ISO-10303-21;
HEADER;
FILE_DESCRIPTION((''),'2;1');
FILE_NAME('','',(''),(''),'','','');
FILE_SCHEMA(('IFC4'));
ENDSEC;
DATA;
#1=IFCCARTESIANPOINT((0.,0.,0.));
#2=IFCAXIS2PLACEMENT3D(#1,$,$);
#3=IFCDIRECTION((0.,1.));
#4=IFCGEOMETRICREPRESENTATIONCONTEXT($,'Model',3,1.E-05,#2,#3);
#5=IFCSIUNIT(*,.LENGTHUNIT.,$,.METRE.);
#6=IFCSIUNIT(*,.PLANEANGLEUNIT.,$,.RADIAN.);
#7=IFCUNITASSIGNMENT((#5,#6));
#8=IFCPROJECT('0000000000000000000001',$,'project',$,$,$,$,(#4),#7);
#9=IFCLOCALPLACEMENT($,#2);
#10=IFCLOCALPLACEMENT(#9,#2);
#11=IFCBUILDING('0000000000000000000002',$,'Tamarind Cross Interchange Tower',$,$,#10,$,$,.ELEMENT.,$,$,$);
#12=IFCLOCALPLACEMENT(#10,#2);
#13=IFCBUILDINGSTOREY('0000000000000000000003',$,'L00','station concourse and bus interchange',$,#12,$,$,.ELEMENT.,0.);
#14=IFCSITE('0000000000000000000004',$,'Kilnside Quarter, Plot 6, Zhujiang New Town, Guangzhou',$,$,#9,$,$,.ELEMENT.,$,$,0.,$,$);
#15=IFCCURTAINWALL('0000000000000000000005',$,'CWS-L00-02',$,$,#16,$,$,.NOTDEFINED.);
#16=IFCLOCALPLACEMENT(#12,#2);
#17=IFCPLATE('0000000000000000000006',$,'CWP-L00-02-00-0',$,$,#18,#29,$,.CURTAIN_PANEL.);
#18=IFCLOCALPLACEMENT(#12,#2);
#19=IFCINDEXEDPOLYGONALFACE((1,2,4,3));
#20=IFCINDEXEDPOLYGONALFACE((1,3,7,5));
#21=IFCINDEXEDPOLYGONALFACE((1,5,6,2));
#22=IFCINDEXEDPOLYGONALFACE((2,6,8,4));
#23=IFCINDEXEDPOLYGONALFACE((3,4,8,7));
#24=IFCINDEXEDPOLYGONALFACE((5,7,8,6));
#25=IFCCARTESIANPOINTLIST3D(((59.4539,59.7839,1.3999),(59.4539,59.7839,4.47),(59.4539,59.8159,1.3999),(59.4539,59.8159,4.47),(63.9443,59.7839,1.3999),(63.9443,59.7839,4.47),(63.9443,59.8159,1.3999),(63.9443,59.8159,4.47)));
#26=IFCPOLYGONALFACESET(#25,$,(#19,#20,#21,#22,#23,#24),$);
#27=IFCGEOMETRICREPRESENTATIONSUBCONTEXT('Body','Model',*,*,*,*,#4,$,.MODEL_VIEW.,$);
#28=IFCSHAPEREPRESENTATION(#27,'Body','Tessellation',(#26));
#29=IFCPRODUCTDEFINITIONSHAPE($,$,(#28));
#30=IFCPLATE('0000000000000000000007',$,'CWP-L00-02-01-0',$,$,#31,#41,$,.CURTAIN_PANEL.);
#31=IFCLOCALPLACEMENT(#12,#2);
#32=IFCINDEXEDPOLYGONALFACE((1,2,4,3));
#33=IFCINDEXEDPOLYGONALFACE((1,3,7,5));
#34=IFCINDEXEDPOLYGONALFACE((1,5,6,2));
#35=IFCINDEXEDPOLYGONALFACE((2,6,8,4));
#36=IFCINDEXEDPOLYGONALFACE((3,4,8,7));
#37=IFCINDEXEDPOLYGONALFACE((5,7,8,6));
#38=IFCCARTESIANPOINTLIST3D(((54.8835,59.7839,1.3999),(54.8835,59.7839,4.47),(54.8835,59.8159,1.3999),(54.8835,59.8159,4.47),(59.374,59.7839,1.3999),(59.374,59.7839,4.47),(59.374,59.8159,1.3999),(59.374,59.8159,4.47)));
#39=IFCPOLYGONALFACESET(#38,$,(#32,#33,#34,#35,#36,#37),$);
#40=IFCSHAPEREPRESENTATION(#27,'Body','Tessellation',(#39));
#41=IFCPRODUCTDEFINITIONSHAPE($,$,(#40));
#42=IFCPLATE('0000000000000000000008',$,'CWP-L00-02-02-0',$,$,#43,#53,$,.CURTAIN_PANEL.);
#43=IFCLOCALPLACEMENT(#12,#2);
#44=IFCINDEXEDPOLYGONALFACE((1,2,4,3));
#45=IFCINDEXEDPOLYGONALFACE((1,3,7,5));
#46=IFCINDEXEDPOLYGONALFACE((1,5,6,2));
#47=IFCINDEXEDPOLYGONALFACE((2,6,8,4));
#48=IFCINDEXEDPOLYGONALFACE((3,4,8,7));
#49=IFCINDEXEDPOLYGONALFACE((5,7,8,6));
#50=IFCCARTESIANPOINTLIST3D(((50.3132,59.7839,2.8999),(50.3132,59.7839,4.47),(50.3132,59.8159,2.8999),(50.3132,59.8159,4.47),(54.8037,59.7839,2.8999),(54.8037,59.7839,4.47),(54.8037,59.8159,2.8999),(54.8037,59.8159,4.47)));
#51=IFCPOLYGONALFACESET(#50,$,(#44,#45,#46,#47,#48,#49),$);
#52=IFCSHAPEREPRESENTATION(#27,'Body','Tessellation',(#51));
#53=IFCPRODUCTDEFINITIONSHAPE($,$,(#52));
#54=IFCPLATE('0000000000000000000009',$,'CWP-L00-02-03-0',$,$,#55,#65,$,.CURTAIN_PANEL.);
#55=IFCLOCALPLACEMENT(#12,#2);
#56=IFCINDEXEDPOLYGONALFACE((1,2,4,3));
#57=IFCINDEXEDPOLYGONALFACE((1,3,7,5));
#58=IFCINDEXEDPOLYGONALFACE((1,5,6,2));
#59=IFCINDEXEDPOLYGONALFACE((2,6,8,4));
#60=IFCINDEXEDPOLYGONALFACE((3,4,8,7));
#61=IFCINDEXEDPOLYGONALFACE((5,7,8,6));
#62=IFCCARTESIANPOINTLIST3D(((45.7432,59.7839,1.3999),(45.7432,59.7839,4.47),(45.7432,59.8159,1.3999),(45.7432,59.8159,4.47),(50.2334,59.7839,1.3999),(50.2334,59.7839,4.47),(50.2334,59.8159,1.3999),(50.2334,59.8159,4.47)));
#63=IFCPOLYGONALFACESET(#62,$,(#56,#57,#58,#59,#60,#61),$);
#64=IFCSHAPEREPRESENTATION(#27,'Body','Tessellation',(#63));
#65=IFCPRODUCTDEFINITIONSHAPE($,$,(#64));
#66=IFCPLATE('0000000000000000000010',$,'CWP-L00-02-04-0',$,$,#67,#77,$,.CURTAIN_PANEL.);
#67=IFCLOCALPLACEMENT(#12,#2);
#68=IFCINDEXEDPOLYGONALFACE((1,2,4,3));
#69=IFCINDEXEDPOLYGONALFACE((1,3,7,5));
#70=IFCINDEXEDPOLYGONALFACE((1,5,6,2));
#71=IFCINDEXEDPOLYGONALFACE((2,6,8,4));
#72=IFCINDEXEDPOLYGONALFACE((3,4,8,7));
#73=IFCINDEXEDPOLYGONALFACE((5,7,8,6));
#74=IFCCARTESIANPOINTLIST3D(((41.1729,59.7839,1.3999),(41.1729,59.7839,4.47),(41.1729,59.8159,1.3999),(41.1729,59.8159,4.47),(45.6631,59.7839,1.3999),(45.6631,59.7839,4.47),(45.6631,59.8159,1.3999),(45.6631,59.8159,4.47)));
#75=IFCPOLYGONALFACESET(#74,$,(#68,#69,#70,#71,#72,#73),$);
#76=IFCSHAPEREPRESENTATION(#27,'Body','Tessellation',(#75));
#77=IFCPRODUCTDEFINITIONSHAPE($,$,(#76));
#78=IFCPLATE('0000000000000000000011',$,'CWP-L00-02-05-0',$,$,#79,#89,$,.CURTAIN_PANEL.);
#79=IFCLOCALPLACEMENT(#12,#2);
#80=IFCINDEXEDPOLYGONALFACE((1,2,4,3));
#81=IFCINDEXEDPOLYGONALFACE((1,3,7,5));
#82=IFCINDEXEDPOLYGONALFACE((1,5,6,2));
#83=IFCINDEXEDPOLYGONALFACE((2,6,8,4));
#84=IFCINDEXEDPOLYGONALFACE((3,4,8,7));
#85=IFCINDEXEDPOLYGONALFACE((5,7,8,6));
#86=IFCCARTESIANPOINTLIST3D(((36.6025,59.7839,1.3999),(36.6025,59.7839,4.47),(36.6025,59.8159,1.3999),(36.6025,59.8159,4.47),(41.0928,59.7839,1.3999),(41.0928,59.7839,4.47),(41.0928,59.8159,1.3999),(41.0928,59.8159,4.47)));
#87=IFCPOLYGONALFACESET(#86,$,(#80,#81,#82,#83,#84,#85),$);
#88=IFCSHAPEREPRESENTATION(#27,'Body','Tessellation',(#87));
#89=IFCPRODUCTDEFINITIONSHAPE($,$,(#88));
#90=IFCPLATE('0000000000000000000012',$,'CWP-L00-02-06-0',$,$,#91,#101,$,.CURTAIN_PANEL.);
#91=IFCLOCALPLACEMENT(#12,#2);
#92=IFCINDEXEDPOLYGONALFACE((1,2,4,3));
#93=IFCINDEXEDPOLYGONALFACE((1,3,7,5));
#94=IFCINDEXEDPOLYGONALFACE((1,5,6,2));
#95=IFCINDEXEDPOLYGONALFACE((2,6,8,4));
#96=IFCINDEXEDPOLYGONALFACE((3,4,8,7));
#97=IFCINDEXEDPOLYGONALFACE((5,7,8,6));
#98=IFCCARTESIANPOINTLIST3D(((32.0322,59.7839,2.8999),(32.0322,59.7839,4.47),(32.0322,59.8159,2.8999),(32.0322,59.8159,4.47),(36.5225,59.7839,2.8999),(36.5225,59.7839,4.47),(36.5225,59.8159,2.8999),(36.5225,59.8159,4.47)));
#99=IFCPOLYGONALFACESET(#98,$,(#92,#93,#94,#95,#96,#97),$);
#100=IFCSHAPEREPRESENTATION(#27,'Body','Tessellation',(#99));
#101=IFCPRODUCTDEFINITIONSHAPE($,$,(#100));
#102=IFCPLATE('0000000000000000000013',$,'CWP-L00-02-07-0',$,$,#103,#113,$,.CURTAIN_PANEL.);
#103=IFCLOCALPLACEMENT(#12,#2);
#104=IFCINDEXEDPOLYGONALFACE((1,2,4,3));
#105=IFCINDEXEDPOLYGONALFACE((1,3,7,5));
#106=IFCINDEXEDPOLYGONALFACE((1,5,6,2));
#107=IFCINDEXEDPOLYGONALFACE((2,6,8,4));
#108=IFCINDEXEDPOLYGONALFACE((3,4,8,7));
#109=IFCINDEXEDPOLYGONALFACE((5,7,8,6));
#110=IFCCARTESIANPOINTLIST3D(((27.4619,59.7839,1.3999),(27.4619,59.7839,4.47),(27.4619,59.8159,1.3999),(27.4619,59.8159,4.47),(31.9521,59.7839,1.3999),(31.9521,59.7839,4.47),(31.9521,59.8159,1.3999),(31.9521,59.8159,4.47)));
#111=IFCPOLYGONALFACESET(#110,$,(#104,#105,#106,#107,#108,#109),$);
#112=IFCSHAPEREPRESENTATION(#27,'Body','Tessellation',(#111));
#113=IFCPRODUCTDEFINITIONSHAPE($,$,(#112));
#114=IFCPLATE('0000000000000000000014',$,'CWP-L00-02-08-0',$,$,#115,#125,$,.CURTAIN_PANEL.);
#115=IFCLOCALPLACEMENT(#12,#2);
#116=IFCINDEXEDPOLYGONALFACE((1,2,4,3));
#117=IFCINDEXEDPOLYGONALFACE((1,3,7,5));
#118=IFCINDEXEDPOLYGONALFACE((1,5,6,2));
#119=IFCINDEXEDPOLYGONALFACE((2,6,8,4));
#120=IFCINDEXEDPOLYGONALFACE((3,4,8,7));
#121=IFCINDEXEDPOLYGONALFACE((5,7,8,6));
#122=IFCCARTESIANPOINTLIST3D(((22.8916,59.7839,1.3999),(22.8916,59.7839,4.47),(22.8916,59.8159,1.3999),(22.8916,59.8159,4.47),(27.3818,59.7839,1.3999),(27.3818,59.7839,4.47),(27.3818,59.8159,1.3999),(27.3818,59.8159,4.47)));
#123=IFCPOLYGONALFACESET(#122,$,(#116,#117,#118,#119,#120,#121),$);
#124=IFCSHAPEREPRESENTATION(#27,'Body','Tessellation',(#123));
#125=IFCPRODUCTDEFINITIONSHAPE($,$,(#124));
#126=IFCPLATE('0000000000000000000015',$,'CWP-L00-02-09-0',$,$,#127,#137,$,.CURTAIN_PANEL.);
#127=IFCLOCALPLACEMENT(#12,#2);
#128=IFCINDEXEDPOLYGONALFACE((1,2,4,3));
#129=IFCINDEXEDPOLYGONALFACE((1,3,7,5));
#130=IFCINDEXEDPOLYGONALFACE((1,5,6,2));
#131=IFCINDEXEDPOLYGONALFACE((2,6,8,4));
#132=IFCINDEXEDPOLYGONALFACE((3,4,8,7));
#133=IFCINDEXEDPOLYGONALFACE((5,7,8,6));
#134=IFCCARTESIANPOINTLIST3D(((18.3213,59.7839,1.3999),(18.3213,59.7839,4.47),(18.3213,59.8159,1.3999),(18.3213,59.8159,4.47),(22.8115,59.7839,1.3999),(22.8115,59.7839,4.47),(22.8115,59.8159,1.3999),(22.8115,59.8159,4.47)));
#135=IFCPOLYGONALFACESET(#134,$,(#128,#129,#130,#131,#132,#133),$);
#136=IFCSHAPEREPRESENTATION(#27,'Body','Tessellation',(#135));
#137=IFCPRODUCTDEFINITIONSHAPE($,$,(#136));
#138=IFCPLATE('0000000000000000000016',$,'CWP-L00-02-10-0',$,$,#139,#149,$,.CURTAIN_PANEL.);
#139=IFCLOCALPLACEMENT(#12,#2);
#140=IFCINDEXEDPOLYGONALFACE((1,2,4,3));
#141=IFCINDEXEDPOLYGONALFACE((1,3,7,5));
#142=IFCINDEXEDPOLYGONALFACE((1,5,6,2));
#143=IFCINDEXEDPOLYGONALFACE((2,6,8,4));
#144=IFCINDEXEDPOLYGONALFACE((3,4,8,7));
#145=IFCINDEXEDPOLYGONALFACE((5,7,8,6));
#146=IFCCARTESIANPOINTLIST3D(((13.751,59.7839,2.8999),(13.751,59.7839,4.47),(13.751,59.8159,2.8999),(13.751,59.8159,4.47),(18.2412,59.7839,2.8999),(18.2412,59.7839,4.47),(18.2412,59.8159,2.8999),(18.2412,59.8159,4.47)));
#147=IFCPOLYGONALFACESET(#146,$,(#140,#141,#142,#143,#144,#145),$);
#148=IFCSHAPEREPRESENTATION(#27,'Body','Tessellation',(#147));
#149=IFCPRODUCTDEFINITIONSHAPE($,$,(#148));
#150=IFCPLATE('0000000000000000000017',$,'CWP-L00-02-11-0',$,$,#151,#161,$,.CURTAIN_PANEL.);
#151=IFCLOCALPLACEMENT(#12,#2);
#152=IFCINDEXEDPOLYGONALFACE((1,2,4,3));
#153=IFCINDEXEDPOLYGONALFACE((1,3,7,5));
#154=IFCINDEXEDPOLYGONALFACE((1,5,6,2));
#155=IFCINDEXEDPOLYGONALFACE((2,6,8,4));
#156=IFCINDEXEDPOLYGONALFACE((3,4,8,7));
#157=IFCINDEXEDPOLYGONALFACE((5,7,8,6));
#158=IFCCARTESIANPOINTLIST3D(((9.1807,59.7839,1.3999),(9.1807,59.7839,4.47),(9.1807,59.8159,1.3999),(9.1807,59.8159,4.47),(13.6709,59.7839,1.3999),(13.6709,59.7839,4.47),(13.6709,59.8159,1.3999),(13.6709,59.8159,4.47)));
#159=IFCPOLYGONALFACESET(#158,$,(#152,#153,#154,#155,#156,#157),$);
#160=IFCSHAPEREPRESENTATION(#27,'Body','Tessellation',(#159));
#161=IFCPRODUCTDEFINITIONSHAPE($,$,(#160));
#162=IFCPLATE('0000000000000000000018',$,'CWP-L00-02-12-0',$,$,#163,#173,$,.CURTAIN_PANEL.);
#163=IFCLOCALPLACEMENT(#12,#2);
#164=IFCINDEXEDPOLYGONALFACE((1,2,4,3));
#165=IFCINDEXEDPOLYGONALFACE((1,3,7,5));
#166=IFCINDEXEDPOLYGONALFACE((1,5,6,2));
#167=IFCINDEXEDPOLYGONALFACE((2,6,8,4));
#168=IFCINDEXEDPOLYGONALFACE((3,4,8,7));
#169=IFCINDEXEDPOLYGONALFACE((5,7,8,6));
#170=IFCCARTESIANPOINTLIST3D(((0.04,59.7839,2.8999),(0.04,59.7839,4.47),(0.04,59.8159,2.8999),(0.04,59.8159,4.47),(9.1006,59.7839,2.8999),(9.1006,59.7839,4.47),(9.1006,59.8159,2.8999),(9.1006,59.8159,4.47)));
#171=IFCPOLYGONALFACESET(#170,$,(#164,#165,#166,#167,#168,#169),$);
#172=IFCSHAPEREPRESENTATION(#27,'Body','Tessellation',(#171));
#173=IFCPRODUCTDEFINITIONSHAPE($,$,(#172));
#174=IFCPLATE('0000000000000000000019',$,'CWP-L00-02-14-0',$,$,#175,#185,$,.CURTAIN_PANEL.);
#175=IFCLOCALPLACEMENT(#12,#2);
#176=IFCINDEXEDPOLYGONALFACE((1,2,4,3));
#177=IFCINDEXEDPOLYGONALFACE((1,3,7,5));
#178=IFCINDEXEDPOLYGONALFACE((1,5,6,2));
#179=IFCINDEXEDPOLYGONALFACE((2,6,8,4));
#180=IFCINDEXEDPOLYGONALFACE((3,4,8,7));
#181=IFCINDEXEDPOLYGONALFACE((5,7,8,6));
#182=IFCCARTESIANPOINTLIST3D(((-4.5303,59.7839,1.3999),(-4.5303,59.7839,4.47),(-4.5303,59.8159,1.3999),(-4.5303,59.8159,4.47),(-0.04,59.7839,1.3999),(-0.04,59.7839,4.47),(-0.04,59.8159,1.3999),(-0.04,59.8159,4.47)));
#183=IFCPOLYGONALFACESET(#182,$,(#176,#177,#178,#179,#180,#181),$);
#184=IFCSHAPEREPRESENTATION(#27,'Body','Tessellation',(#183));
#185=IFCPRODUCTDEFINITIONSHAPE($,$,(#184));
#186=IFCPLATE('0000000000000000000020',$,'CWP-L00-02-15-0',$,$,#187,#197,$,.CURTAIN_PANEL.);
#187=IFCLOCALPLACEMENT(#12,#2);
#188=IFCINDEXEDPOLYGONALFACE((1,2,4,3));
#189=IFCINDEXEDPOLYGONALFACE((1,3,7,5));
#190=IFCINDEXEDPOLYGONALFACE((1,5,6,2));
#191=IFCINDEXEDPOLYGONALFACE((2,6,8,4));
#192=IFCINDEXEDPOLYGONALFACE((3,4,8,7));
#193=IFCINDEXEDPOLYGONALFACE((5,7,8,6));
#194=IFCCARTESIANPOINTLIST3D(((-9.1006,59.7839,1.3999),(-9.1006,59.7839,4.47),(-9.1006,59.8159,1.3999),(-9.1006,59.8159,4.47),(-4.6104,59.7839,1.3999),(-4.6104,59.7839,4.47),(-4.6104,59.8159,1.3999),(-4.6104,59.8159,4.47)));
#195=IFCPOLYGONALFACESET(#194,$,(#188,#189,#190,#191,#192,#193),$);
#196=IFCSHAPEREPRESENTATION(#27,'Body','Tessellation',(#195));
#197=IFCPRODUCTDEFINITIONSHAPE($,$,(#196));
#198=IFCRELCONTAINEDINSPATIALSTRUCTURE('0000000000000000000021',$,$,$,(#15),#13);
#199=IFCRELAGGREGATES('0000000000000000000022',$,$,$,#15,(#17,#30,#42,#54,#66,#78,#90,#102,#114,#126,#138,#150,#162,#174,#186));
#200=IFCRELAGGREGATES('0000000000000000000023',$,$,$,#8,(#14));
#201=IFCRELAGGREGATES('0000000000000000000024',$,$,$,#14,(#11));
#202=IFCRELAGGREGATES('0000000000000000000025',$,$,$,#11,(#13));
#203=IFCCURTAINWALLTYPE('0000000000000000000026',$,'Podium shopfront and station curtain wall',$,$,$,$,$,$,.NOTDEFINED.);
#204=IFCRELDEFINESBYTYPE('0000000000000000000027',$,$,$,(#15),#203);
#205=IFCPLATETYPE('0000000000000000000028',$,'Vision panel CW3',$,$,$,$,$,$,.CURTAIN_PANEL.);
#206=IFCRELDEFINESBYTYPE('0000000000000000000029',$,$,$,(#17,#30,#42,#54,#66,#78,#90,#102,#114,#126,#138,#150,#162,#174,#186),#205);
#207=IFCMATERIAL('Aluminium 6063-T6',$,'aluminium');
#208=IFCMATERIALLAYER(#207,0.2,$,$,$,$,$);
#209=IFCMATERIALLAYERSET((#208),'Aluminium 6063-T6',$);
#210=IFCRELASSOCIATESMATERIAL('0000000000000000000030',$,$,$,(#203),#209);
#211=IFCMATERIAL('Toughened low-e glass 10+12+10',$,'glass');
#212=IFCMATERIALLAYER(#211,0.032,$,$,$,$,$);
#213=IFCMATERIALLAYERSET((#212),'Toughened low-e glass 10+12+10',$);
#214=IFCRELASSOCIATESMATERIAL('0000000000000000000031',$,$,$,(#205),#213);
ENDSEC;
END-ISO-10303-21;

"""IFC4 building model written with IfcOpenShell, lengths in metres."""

from ifc_helpers import new_model, si_unit, direction, frame, origin, place, context, subcontext, project, spatial, polyline, outline, extrude, material, layer, layer_set, type_object, element, aggregate, save


model = new_model("IFC4")

# Units and contexts
model_context = context("Model", 3, precision=1e-05, world=origin(), true_north=direction((0.0, 1.0)))
body_context = subcontext(model_context, "Body", "Model", "MODEL_VIEW")
ifc_project = project(units=[si_unit("LENGTHUNIT", "METRE"), si_unit("PLANEANGLEUNIT", "RADIAN")], contexts=[model_context])

# Site, building, storey
site_placement = place(None, origin())
site = spatial("IfcSite", under=ifc_project, at=site_placement, Name="Kilnside Quarter, Plot 6, Zhujiang New Town, Guangzhou", CompositionType="ELEMENT", RefElevation=0.0)
building_placement = place(site_placement, origin())
building = spatial("IfcBuilding", under=site, at=building_placement, Name="Tamarind Cross Interchange Tower", CompositionType="ELEMENT")
storey_placement = place(building_placement, origin())
storey = spatial("IfcBuildingStorey", under=building, at=storey_placement, Name="L00", Description="station concourse and bus interchange", CompositionType="ELEMENT", Elevation=0.0)

# Curtain wall
ifc_material_1 = material(Name="Aluminium 6063-T6", Category="aluminium")
ifc_layer_1 = layer(ifc_material_1, 0.2)
ifc_layer_set_1 = layer_set([ifc_layer_1], Name="Aluminium 6063-T6")
curtain_wall_type = type_object("IfcCurtainWallType", Name="Podium shopfront and station curtain wall", PredefinedType="NOTDEFINED", material=ifc_layer_set_1)
curtain_wall_1_placement = place(storey_placement, origin())
curtain_wall_1 = element("IfcCurtainWall", 1, at=curtain_wall_1_placement, inside=storey, type_object=curtain_wall_type, Name="CWS-L00-02", PredefinedType="NOTDEFINED")

# Plates
ifc_material_2 = material(Name="Toughened low-e glass 10+12+10", Category="glass")
ifc_layer_2 = layer(ifc_material_2, 0.032)
ifc_layer_set_2 = layer_set([ifc_layer_2], Name="Toughened low-e glass 10+12+10")
plate_type = type_object("IfcPlateType", Name="Vision panel CW3", PredefinedType="CURTAIN_PANEL", material=ifc_layer_set_2)
plate_1_placement = place(storey_placement, frame((0.0, 0.0, 1.3999)))
plate_1 = element("IfcPlate", 2, at=plate_1_placement, type_object=plate_type, Name="CWP-L00-02-00-0", PredefinedType="CURTAIN_PANEL", context=body_context, shape_type="SweptSolid", body=[
    extrude(outline(polyline([(63.9443, 59.7839), (59.4539, 59.7839), (59.4539, 59.8159), (63.9443, 59.8159), (63.9443, 59.7839)])), origin(), (0.0, 0.0, 1.0), 3.0701),
])
plate_2_placement = place(storey_placement, frame((0.0, 0.0, 1.3999)))
plate_2 = element("IfcPlate", 3, at=plate_2_placement, type_object=plate_type, Name="CWP-L00-02-01-0", PredefinedType="CURTAIN_PANEL", context=body_context, shape_type="SweptSolid", body=[
    extrude(outline(polyline([(59.374, 59.7839), (54.8835, 59.7839), (54.8835, 59.8159), (59.374, 59.8159), (59.374, 59.7839)])), origin(), (0.0, 0.0, 1.0), 3.0701),
])
plate_3_placement = place(storey_placement, frame((0.0, 0.0, 2.8999)))
plate_3 = element("IfcPlate", 4, at=plate_3_placement, type_object=plate_type, Name="CWP-L00-02-02-0", PredefinedType="CURTAIN_PANEL", context=body_context, shape_type="SweptSolid", body=[
    extrude(outline(polyline([(54.8037, 59.7839), (50.3132, 59.7839), (50.3132, 59.8159), (54.8037, 59.8159), (54.8037, 59.7839)])), origin(), (0.0, 0.0, 1.0), 1.5701),
])
plate_4_placement = place(storey_placement, frame((0.0, 0.0, 1.3999)))
plate_4 = element("IfcPlate", 5, at=plate_4_placement, type_object=plate_type, Name="CWP-L00-02-03-0", PredefinedType="CURTAIN_PANEL", context=body_context, shape_type="SweptSolid", body=[
    extrude(outline(polyline([(50.2334, 59.7839), (45.7432, 59.7839), (45.7432, 59.8159), (50.2334, 59.8159), (50.2334, 59.7839)])), origin(), (0.0, 0.0, 1.0), 3.0701),
])
plate_5_placement = place(storey_placement, frame((0.0, 0.0, 1.3999)))
plate_5 = element("IfcPlate", 6, at=plate_5_placement, type_object=plate_type, Name="CWP-L00-02-04-0", PredefinedType="CURTAIN_PANEL", context=body_context, shape_type="SweptSolid", body=[
    extrude(outline(polyline([(45.6631, 59.7839), (41.1729, 59.7839), (41.1729, 59.8159), (45.6631, 59.8159), (45.6631, 59.7839)])), origin(), (0.0, 0.0, 1.0), 3.0701),
])
plate_6_placement = place(storey_placement, frame((0.0, 0.0, 1.3999)))
plate_6 = element("IfcPlate", 7, at=plate_6_placement, type_object=plate_type, Name="CWP-L00-02-05-0", PredefinedType="CURTAIN_PANEL", context=body_context, shape_type="SweptSolid", body=[
    extrude(outline(polyline([(41.0928, 59.7839), (36.6025, 59.7839), (36.6025, 59.8159), (41.0928, 59.8159), (41.0928, 59.7839)])), origin(), (0.0, 0.0, 1.0), 3.0701),
])
plate_7_placement = place(storey_placement, frame((0.0, 0.0, 2.8999)))
plate_7 = element("IfcPlate", 8, at=plate_7_placement, type_object=plate_type, Name="CWP-L00-02-06-0", PredefinedType="CURTAIN_PANEL", context=body_context, shape_type="SweptSolid", body=[
    extrude(outline(polyline([(36.5225, 59.7839), (32.0322, 59.7839), (32.0322, 59.8159), (36.5225, 59.8159), (36.5225, 59.7839)])), origin(), (0.0, 0.0, 1.0), 1.5701),
])
plate_8_placement = place(storey_placement, frame((0.0, 0.0, 1.3999)))
plate_8 = element("IfcPlate", 9, at=plate_8_placement, type_object=plate_type, Name="CWP-L00-02-07-0", PredefinedType="CURTAIN_PANEL", context=body_context, shape_type="SweptSolid", body=[
    extrude(outline(polyline([(31.9521, 59.7839), (27.4619, 59.7839), (27.4619, 59.8159), (31.9521, 59.8159), (31.9521, 59.7839)])), origin(), (0.0, 0.0, 1.0), 3.0701),
])
plate_9_placement = place(storey_placement, frame((0.0, 0.0, 1.3999)))
plate_9 = element("IfcPlate", 10, at=plate_9_placement, type_object=plate_type, Name="CWP-L00-02-08-0", PredefinedType="CURTAIN_PANEL", context=body_context, shape_type="SweptSolid", body=[
    extrude(outline(polyline([(27.3818, 59.7839), (22.8916, 59.7839), (22.8916, 59.8159), (27.3818, 59.8159), (27.3818, 59.7839)])), origin(), (0.0, 0.0, 1.0), 3.0701),
])
plate_10_placement = place(storey_placement, frame((0.0, 0.0, 1.3999)))
plate_10 = element("IfcPlate", 11, at=plate_10_placement, type_object=plate_type, Name="CWP-L00-02-09-0", PredefinedType="CURTAIN_PANEL", context=body_context, shape_type="SweptSolid", body=[
    extrude(outline(polyline([(22.8115, 59.7839), (18.3213, 59.7839), (18.3213, 59.8159), (22.8115, 59.8159), (22.8115, 59.7839)])), origin(), (0.0, 0.0, 1.0), 3.0701),
])
plate_11_placement = place(storey_placement, frame((0.0, 0.0, 2.8999)))
plate_11 = element("IfcPlate", 12, at=plate_11_placement, type_object=plate_type, Name="CWP-L00-02-10-0", PredefinedType="CURTAIN_PANEL", context=body_context, shape_type="SweptSolid", body=[
    extrude(outline(polyline([(18.2412, 59.7839), (13.751, 59.7839), (13.751, 59.8159), (18.2412, 59.8159), (18.2412, 59.7839)])), origin(), (0.0, 0.0, 1.0), 1.5701),
])
plate_12_placement = place(storey_placement, frame((0.0, 0.0, 1.3999)))
plate_12 = element("IfcPlate", 13, at=plate_12_placement, type_object=plate_type, Name="CWP-L00-02-11-0", PredefinedType="CURTAIN_PANEL", context=body_context, shape_type="SweptSolid", body=[
    extrude(outline(polyline([(13.6709, 59.7839), (9.1807, 59.7839), (9.1807, 59.8159), (13.6709, 59.8159), (13.6709, 59.7839)])), origin(), (0.0, 0.0, 1.0), 3.0701),
])
plate_13_placement = place(storey_placement, frame((0.0, 0.0, 2.8999)))
plate_13 = element("IfcPlate", 14, at=plate_13_placement, type_object=plate_type, Name="CWP-L00-02-12-0", PredefinedType="CURTAIN_PANEL", context=body_context, shape_type="SweptSolid", body=[
    extrude(outline(polyline([(9.1006, 59.7839), (0.04, 59.7839), (0.04, 59.8159), (9.1006, 59.8159), (9.1006, 59.7839)])), origin(), (0.0, 0.0, 1.0), 1.5701),
])
plate_14_placement = place(storey_placement, frame((0.0, 0.0, 1.3999)))
plate_14 = element("IfcPlate", 15, at=plate_14_placement, type_object=plate_type, Name="CWP-L00-02-14-0", PredefinedType="CURTAIN_PANEL", context=body_context, shape_type="SweptSolid", body=[
    extrude(outline(polyline([(-0.04, 59.7839), (-4.5303, 59.7839), (-4.5303, 59.8159), (-0.04, 59.8159), (-0.04, 59.7839)])), origin(), (0.0, 0.0, 1.0), 3.0701),
])
plate_15_placement = place(storey_placement, frame((0.0, 0.0, 1.3999)))
plate_15 = element("IfcPlate", 16, at=plate_15_placement, type_object=plate_type, Name="CWP-L00-02-15-0", PredefinedType="CURTAIN_PANEL", context=body_context, shape_type="SweptSolid", body=[
    extrude(outline(polyline([(-4.6104, 59.7839), (-9.1006, 59.7839), (-9.1006, 59.8159), (-4.6104, 59.8159), (-4.6104, 59.7839)])), origin(), (0.0, 0.0, 1.0), 3.0701),
])
aggregate(curtain_wall_1, [plate_1, plate_2, plate_3, plate_4, plate_5, plate_6, plate_7, plate_8, plate_9, plate_10, plate_11, plate_12, plate_13, plate_14, plate_15])

save(model, "model.ifc")
